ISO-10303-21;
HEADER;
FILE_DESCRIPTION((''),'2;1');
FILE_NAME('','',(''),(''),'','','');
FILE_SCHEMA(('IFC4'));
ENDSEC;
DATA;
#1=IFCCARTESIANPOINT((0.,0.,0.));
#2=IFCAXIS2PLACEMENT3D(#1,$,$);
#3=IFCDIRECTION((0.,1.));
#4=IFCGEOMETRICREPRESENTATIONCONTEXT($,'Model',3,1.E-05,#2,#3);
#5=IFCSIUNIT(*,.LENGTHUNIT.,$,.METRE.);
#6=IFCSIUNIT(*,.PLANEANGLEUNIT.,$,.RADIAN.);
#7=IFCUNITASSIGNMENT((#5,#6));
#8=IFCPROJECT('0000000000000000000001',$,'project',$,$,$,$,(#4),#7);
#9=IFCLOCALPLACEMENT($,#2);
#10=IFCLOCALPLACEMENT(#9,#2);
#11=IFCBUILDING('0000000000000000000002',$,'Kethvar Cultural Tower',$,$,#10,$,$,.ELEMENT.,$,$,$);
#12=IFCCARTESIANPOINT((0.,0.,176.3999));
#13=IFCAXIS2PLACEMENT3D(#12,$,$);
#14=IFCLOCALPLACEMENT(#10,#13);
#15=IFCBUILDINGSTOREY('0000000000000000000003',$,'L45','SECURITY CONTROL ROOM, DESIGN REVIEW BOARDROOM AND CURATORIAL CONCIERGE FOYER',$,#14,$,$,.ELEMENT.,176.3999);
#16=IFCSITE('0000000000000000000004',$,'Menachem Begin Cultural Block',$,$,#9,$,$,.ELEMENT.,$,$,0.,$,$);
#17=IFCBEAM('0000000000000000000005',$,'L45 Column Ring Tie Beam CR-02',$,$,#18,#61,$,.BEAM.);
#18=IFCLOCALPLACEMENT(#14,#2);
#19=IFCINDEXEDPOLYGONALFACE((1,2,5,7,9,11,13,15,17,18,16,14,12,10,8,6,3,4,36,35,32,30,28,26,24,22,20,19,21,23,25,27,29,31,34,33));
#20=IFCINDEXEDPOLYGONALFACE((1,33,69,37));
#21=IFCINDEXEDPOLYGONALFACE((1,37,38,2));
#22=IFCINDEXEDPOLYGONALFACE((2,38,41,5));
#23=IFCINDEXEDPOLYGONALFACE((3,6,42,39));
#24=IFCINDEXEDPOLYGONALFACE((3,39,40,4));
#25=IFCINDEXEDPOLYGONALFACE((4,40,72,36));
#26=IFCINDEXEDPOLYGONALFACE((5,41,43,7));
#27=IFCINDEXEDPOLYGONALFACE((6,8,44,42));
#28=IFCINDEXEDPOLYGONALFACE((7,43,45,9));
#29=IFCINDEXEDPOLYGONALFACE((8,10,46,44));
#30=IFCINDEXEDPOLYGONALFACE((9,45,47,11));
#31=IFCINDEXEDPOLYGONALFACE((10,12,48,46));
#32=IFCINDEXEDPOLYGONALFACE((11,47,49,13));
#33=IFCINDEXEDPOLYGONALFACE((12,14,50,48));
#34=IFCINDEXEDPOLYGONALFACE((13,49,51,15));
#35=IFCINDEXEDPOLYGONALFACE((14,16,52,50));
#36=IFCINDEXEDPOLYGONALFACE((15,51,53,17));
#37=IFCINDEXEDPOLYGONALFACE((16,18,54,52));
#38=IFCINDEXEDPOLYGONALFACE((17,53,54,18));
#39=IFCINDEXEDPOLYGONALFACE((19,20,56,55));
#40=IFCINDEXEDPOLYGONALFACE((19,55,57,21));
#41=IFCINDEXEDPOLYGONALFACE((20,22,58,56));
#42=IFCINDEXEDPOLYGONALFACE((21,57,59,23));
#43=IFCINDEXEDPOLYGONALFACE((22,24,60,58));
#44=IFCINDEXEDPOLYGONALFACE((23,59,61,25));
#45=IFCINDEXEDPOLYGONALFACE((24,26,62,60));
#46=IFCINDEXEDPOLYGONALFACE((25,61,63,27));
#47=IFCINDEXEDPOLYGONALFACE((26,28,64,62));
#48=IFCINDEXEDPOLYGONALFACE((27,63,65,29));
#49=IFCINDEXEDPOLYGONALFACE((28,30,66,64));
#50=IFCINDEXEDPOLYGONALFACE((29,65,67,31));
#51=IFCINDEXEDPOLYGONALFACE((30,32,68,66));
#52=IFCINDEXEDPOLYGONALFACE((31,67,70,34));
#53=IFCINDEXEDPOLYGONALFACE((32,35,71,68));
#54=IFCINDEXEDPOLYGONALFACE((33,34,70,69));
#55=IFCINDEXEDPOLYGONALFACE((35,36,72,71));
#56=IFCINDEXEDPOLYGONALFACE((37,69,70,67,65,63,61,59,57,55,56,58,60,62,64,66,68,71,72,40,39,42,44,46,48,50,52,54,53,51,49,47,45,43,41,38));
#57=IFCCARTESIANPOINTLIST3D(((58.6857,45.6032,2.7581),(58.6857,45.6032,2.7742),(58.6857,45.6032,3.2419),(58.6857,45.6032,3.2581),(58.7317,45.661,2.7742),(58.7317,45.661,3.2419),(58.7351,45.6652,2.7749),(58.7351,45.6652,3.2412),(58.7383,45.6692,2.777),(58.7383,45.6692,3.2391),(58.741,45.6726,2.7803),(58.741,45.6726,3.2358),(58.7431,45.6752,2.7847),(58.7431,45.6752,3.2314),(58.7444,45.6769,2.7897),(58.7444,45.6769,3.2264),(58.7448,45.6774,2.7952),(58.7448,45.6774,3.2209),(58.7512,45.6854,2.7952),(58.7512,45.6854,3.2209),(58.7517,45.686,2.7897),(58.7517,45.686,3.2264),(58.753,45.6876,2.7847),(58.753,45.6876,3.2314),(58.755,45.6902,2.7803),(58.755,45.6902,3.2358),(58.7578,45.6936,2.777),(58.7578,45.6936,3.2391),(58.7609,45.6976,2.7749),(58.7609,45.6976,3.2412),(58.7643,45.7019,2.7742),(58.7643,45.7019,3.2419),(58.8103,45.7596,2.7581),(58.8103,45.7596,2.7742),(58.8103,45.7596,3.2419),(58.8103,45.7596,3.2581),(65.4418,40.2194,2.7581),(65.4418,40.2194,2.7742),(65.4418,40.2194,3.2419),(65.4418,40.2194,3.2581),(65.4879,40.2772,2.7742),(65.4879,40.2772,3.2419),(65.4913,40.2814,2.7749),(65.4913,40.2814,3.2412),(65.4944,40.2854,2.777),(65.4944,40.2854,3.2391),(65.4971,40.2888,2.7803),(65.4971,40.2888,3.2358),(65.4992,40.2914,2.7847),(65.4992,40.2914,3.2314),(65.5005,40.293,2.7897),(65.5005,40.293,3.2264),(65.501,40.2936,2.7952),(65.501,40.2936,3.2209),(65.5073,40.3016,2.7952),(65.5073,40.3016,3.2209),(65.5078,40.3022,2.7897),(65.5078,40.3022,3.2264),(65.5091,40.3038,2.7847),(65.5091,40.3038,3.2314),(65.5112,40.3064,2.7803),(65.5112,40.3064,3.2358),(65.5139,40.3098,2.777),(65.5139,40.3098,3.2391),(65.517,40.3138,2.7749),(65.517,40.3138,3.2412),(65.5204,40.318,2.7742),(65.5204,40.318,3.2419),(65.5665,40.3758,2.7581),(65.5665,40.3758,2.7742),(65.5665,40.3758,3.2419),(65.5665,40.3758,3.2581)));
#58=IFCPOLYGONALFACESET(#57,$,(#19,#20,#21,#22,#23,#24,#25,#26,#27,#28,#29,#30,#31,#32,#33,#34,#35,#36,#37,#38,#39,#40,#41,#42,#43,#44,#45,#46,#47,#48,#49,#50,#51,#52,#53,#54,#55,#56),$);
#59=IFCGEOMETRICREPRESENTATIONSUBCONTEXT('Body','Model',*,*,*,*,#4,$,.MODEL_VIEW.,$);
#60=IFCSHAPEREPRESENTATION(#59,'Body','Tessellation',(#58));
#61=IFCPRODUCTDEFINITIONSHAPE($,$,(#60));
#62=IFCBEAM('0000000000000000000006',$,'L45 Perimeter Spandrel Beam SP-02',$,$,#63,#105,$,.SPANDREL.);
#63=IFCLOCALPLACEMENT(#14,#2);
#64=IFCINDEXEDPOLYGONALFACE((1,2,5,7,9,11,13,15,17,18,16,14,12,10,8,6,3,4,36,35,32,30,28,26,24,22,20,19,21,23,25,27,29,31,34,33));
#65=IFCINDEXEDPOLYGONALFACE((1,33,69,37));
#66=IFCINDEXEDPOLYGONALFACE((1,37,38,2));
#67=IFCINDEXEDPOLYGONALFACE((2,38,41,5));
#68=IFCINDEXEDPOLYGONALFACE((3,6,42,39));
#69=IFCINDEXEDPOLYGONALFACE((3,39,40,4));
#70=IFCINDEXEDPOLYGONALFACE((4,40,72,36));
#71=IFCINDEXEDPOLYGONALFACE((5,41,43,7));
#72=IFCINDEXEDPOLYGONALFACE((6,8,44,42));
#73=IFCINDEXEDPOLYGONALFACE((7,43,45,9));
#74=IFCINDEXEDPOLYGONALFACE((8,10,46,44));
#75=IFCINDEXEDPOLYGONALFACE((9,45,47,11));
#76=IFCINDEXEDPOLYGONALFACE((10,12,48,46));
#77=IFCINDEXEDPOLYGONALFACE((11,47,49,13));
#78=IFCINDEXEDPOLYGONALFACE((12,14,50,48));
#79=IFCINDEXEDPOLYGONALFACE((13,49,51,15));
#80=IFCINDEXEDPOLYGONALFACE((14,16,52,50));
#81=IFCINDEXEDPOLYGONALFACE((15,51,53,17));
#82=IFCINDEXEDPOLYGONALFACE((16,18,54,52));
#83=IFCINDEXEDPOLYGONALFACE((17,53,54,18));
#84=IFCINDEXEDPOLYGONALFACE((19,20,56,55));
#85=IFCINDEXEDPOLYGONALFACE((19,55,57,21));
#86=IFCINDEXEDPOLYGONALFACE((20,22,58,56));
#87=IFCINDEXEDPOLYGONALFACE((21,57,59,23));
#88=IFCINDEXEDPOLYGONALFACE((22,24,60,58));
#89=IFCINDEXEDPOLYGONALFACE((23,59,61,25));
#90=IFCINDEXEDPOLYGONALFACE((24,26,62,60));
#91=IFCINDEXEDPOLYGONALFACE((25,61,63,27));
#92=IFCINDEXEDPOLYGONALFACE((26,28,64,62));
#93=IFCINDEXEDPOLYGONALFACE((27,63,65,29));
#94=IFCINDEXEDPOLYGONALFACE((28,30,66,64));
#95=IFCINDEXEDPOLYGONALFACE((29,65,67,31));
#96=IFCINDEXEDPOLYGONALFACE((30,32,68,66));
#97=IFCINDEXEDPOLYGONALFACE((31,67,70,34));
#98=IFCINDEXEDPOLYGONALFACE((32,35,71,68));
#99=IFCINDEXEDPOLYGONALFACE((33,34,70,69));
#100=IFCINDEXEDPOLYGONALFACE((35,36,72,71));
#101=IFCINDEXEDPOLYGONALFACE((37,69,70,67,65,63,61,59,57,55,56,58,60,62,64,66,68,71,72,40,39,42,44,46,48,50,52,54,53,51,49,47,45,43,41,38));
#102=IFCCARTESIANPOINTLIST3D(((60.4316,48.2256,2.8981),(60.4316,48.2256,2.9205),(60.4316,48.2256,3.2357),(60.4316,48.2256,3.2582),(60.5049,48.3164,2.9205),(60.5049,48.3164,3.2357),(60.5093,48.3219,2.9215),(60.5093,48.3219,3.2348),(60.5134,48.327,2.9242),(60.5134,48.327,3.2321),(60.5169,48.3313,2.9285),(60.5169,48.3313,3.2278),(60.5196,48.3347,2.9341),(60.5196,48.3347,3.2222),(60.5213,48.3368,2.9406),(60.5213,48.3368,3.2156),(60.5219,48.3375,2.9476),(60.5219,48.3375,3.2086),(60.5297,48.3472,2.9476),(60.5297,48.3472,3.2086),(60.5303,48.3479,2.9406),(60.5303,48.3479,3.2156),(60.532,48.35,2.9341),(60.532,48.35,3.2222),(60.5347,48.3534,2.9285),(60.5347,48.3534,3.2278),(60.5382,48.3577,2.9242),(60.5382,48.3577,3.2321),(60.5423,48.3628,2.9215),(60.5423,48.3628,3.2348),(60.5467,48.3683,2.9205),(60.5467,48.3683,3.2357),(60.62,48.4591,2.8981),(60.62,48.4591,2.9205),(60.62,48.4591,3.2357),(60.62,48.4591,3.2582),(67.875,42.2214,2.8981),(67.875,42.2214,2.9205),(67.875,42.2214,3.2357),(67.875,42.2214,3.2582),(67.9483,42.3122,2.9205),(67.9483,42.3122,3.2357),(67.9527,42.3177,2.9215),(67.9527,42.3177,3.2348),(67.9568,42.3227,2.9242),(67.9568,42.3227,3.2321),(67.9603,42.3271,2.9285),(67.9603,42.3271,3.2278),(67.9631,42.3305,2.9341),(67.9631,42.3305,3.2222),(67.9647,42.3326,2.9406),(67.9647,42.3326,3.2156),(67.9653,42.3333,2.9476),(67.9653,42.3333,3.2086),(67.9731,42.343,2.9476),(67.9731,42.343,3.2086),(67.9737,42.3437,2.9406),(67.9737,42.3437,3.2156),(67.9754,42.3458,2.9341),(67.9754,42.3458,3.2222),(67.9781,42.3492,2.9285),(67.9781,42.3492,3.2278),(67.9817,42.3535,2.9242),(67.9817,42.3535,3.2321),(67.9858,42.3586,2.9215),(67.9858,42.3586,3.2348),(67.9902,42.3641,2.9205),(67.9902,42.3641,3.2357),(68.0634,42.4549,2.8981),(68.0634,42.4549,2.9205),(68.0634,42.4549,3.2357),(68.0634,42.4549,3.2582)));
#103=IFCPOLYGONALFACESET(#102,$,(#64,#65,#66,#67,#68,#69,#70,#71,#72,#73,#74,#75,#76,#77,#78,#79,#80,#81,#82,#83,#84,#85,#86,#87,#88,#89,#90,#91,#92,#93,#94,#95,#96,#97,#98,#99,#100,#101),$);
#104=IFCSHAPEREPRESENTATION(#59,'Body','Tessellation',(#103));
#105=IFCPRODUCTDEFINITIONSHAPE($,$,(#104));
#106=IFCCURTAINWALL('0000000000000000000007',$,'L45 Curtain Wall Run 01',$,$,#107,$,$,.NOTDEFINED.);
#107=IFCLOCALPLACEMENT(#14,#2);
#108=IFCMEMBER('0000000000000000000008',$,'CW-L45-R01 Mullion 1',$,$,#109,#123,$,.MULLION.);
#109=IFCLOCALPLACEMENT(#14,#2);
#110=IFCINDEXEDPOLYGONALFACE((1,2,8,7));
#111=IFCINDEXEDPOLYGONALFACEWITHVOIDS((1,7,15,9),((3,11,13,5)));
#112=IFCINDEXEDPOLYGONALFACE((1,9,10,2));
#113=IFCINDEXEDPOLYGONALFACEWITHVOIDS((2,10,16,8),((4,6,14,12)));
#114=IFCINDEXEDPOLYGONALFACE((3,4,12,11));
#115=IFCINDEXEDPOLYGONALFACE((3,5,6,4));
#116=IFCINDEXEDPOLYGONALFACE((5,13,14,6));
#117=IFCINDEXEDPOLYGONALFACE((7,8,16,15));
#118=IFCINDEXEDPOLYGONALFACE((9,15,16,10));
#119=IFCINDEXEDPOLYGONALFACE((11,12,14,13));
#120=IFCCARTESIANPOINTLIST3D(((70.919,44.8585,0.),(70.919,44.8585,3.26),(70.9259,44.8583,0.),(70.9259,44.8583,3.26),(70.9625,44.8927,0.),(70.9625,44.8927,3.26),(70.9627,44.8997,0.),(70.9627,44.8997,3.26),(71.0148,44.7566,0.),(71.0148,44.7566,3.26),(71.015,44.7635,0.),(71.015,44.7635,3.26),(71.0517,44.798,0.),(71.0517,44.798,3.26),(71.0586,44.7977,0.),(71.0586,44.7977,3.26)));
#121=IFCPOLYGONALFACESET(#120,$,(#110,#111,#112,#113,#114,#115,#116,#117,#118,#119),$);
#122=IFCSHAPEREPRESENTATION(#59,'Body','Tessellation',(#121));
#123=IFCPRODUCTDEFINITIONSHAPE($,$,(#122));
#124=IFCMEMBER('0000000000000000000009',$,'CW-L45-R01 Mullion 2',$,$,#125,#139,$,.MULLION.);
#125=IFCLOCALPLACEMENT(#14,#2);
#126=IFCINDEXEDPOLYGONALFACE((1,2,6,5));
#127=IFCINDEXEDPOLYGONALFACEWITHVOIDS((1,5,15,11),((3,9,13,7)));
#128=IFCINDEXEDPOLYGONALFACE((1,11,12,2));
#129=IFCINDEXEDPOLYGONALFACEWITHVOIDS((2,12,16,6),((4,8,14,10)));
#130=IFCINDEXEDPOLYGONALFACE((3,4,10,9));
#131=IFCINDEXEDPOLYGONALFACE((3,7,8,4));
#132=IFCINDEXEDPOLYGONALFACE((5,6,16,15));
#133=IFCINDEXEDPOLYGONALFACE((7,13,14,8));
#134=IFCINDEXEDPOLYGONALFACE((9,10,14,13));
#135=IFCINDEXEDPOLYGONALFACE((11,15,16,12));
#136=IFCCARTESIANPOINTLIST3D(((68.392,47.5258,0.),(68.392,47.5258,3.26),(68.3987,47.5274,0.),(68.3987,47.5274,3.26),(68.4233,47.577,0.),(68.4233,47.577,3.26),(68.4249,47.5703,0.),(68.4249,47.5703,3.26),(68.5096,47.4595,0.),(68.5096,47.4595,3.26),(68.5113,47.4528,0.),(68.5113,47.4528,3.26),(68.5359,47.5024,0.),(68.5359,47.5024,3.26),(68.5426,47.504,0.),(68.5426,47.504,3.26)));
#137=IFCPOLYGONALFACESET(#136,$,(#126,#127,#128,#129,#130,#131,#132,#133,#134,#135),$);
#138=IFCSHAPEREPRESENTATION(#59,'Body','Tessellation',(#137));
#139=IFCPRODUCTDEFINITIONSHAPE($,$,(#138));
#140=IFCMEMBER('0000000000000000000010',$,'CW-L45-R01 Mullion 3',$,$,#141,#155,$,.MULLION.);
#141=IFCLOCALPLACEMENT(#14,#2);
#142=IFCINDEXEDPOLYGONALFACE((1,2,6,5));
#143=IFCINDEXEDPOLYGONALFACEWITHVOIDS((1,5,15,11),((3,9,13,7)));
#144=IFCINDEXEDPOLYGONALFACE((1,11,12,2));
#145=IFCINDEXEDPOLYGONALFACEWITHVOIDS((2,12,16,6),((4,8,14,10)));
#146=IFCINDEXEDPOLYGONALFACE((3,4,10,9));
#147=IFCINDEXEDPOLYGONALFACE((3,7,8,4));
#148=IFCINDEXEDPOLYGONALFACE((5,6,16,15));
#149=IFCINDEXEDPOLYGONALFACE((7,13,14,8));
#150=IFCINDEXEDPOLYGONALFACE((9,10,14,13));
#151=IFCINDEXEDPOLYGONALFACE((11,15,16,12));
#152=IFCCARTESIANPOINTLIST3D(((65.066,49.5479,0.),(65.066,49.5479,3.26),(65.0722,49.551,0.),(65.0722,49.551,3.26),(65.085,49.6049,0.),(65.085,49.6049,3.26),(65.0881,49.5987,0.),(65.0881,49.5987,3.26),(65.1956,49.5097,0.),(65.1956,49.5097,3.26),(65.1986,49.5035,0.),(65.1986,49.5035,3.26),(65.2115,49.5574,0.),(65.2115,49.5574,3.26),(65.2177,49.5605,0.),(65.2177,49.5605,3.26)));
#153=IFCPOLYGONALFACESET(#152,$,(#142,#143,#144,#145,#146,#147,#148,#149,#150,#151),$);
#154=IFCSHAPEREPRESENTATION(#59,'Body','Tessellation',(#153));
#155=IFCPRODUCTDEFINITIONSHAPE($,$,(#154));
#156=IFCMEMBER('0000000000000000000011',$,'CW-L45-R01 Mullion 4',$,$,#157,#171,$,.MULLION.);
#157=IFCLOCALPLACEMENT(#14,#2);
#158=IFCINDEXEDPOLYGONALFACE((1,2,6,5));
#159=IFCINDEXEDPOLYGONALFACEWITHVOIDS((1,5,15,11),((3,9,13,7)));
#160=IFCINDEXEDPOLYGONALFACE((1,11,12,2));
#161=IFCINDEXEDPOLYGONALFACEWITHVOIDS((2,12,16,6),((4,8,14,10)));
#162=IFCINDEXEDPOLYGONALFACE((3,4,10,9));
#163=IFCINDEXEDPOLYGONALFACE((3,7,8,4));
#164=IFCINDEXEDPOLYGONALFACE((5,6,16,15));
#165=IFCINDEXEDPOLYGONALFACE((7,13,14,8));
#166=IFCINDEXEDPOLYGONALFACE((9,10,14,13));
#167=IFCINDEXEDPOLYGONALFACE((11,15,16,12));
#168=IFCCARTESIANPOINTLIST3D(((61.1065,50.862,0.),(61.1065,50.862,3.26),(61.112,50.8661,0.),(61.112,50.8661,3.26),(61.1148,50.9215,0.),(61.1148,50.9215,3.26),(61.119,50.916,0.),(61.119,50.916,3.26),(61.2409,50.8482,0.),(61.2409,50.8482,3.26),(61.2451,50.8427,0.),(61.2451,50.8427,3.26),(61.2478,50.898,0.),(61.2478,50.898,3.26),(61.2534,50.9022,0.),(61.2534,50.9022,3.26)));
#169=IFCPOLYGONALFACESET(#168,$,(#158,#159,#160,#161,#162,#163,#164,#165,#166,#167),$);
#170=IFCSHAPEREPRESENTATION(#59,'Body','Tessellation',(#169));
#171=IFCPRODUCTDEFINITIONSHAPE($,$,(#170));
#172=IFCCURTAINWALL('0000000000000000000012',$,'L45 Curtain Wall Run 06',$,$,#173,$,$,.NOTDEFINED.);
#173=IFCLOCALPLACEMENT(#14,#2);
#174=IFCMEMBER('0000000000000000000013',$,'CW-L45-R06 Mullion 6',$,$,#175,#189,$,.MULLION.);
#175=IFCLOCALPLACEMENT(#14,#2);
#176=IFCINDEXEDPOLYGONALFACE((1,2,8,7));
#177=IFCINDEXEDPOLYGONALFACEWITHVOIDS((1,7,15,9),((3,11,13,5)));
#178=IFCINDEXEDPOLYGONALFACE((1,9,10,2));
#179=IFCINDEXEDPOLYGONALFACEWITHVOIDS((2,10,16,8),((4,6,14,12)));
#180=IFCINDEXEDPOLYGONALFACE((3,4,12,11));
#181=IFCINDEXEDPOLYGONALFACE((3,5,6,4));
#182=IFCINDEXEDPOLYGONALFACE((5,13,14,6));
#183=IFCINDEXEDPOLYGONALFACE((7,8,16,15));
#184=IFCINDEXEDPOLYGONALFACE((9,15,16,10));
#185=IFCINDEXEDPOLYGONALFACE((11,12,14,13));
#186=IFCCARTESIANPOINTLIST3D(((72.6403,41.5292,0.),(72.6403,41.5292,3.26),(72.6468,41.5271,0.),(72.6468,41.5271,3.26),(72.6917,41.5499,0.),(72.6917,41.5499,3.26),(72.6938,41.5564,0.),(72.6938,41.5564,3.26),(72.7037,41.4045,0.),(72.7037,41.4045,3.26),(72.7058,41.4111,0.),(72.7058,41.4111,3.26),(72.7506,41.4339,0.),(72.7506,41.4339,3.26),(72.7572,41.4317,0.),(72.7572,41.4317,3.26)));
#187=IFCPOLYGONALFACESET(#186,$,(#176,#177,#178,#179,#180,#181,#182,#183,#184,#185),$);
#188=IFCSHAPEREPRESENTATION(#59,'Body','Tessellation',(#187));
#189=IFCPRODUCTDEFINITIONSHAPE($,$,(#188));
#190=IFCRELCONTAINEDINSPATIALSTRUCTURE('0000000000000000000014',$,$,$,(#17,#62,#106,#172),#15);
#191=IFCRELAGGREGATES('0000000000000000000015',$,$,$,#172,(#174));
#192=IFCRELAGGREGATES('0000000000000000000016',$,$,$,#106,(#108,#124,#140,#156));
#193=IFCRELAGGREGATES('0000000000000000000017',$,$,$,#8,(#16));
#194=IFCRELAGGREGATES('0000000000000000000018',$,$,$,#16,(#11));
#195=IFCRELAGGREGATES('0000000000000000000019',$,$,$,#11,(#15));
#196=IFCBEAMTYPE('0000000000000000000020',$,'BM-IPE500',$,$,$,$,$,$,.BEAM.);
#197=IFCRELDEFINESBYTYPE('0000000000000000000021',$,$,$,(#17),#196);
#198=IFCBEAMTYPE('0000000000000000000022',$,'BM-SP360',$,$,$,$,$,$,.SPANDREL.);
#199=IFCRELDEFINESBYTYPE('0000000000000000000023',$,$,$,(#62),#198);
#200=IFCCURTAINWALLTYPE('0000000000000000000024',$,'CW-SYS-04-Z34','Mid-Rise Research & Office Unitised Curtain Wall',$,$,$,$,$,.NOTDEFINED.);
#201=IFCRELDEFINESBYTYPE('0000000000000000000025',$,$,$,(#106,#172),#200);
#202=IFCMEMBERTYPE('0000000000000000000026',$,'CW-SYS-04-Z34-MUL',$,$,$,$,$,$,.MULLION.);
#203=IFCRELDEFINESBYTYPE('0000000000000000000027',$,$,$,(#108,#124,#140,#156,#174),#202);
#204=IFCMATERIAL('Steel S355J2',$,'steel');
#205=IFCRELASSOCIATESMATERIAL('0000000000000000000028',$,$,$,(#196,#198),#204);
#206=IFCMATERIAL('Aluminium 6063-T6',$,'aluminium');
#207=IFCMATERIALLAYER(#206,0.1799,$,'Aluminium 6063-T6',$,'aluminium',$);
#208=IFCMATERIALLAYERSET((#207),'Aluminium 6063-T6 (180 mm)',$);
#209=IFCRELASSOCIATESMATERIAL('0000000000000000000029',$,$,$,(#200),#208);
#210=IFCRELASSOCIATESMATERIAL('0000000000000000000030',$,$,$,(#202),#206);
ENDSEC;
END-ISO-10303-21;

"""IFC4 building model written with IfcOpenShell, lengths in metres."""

from ifc_helpers import new_model, si_unit, direction, frame, origin, origin_2d, place, context, subcontext, project, spatial, hollow_rectangle, i_section, extrude, source, transform, mapped, material, layer, layer_set, material_profile, profile_set, type_object, element, aggregate, save


model = new_model("IFC4")

# Units and contexts
model_context = context("Model", 3, precision=1e-05, world=origin(), true_north=direction((0.0, 1.0)))
body_context = subcontext(model_context, "Body", "Model", "MODEL_VIEW")
ifc_project = project(units=[si_unit("LENGTHUNIT", "METRE"), si_unit("PLANEANGLEUNIT", "RADIAN")], contexts=[model_context])

# Site, building, storey
site_placement = place(None, origin())
site = spatial("IfcSite", under=ifc_project, at=site_placement, Name="Menachem Begin Cultural Block", CompositionType="ELEMENT", RefElevation=0.0)
building_placement = place(site_placement, origin())
building = spatial("IfcBuilding", under=site, at=building_placement, Name="Kethvar Cultural Tower", CompositionType="ELEMENT")
storey_placement = place(building_placement, frame((0.0, 0.0, 176.3999)))
storey = spatial("IfcBuildingStorey", under=building, at=storey_placement, Name="L45", Description="SECURITY CONTROL ROOM, DESIGN REVIEW BOARDROOM AND CURATORIAL CONCIERGE FOYER", CompositionType="ELEMENT", Elevation=176.3999)

# Beams
ifc_material_1 = material(Name="Steel S355J2", Category="steel")
ifc_material_profile_1 = material_profile(ifc_material_1, i_section(OverallWidth=0.2, OverallDepth=0.5, WebThickness=0.0103, FlangeThickness=0.0161, FilletRadius=0.021, at=origin_2d()), Name="Steel S355J2 — IPE500")
ifc_profile_set_1 = profile_set([ifc_material_profile_1], Name="Steel S355J2 — IPE500")
beam_type_1 = type_object("IfcBeamType", Name="BM-IPE500", PredefinedType="BEAM", material=ifc_profile_set_1)
shared_shape_1 = source(origin(), body_context, "Body", "SweptSolid", [
    extrude(i_section(OverallWidth=0.2, OverallDepth=0.5, WebThickness=0.0103, FlangeThickness=0.0161, FilletRadius=0.021, at=origin_2d()), origin(), (0.0, 0.0, 1.0), 8.6389),
])
beam_1_placement = place(storey_placement, frame((65.5042, 40.2976, 3.0081), z_axis=(-0.782058, 0.623205, 0.0), x_axis=(-0.623205, -0.782058, 0.0)))
element("IfcBeam", 1, at=beam_1_placement, inside=storey, type_object=beam_type_1, Name="L45 Column Ring Tie Beam CR-02", PredefinedType="BEAM", context=body_context, shape_type="MappedRepresentation", body=[
    mapped(shared_shape_1, transform((0.0, 0.0, 0.0), scale=1.0)),
])
ifc_material_profile_2 = material_profile(ifc_material_1, i_section(OverallWidth=0.3, OverallDepth=0.3601, WebThickness=0.0125, FlangeThickness=0.0225, FilletRadius=0.0271, at=origin_2d()), Name="Steel S355J2 — HEB360")
ifc_profile_set_2 = profile_set([ifc_material_profile_2], Name="Steel S355J2 — HEB360")
beam_type_2 = type_object("IfcBeamType", Name="BM-SP360", PredefinedType="SPANDREL", material=ifc_profile_set_2)
shared_shape_2 = source(origin(), body_context, "Body", "SweptSolid", [
    extrude(i_section(OverallWidth=0.3, OverallDepth=0.3601, WebThickness=0.0125, FlangeThickness=0.0225, FilletRadius=0.0271, at=origin_2d()), origin(), (0.0, 0.0, 1.0), 9.5632),
])
beam_2_placement = place(storey_placement, frame((67.9692, 42.3381, 3.0781), z_axis=(-0.778339, 0.627844, 0.0), x_axis=(-0.627844, -0.778339, 0.0)))
element("IfcBeam", 2, at=beam_2_placement, inside=storey, type_object=beam_type_2, Name="L45 Perimeter Spandrel Beam SP-02", PredefinedType="SPANDREL", context=body_context, shape_type="MappedRepresentation", body=[
    mapped(shared_shape_2, transform((0.0, 0.0, 0.0), scale=1.0)),
])

# Curtain wall, members
ifc_material_2 = material(Name="Aluminium 6063-T6", Category="aluminium")
ifc_layer_1 = layer(ifc_material_2, 0.1799, Name="Aluminium 6063-T6", Category="aluminium")
ifc_layer_set_1 = layer_set([ifc_layer_1], Name="Aluminium 6063-T6 (180 mm)")
curtain_wall_type = type_object("IfcCurtainWallType", Name="CW-SYS-04-Z34", Description="Mid-Rise Research & Office Unitised Curtain Wall", PredefinedType="NOTDEFINED", material=ifc_layer_set_1)
curtain_wall_1_placement = place(storey_placement, origin())
curtain_wall_1 = element("IfcCurtainWall", 3, at=curtain_wall_1_placement, inside=storey, type_object=curtain_wall_type, Name="L45 Curtain Wall Run 01", PredefinedType="NOTDEFINED")
ifc_material_profile_3 = material_profile(ifc_material_2, hollow_rectangle(XDim=0.0601, YDim=0.1399, WallThickness=0.0049, at=origin_2d()), Name="Aluminium 6063-T6 — RHS140x60x5")
ifc_profile_set_3 = profile_set([ifc_material_profile_3], Name="Aluminium 6063-T6 — RHS140x60x5")
member_type_1 = type_object("IfcMemberType", Name="CW-SYS-04-Z34-MUL", PredefinedType="MULLION", material=ifc_profile_set_3)
shared_shape_3 = source(origin(), body_context, "Body", "SweptSolid", [
    extrude(hollow_rectangle(XDim=0.0601, YDim=0.1399, WallThickness=0.0049, at=origin_2d()), origin(), (0.0, 0.0, 1.0), 3.26),
])
member_1_placement = place(storey_placement, frame((70.9888, 44.8281, 0.0), z_axis=(0.0, 0.0, 1.0), x_axis=(-0.728443, -0.685107, 0.0)))
member_1 = element("IfcMember", 4, at=member_1_placement, type_object=member_type_1, Name="CW-L45-R01 Mullion 1", PredefinedType="MULLION", context=body_context, shape_type="MappedRepresentation", body=[
    mapped(shared_shape_3, transform((0.0, 0.0, 0.0), scale=1.0)),
])
member_2_placement = place(storey_placement, frame((68.4673, 47.5149, 0.0), z_axis=(0.0, 0.0, 1.0), x_axis=(-0.522126, -0.852868, 0.0)))
member_2 = element("IfcMember", 5, at=member_2_placement, type_object=member_type_1, Name="CW-L45-R01 Mullion 2", PredefinedType="MULLION", context=body_context, shape_type="MappedRepresentation", body=[
    mapped(shared_shape_3, transform((0.0, 0.0, 0.0), scale=1.0)),
])
member_3_placement = place(storey_placement, frame((65.1418, 49.5542, 0.0), z_axis=(0.0, 0.0, 1.0), x_axis=(-0.317371, -0.948302, 0.0)))
member_3 = element("IfcMember", 6, at=member_3_placement, type_object=member_type_1, Name="CW-L45-R01 Mullion 3", PredefinedType="MULLION", context=body_context, shape_type="MappedRepresentation", body=[
    mapped(shared_shape_3, transform((0.0, 0.0, 0.0), scale=1.0)),
])
member_4_placement = place(storey_placement, frame((61.1799, 50.8821, 0.0), z_axis=(0.0, 0.0, 1.0), x_axis=(-0.137894, -0.990447, 0.0)))
member_4 = element("IfcMember", 7, at=member_4_placement, type_object=member_type_1, Name="CW-L45-R01 Mullion 4", PredefinedType="MULLION", context=body_context, shape_type="MappedRepresentation", body=[
    mapped(shared_shape_3, transform((0.0, 0.0, 0.0), scale=1.0)),
])

# Curtain wall, member
curtain_wall_2_placement = place(storey_placement, origin())
curtain_wall_2 = element("IfcCurtainWall", 8, at=curtain_wall_2_placement, inside=storey, type_object=curtain_wall_type, Name="L45 Curtain Wall Run 06", PredefinedType="NOTDEFINED")
member_5_placement = place(storey_placement, frame((72.6987, 41.4805, 0.0), z_axis=(0.0, 0.0, 1.0), x_axis=(-0.891355, -0.453306, 0.0)))
member_5 = element("IfcMember", 9, at=member_5_placement, type_object=member_type_1, Name="CW-L45-R06 Mullion 6", PredefinedType="MULLION", context=body_context, shape_type="MappedRepresentation", body=[
    mapped(shared_shape_3, transform((0.0, 0.0, 0.0), scale=1.0)),
])

aggregate(curtain_wall_2, [member_5])
aggregate(curtain_wall_1, [member_1, member_2, member_3, member_4])

save(model, "model.ifc")
